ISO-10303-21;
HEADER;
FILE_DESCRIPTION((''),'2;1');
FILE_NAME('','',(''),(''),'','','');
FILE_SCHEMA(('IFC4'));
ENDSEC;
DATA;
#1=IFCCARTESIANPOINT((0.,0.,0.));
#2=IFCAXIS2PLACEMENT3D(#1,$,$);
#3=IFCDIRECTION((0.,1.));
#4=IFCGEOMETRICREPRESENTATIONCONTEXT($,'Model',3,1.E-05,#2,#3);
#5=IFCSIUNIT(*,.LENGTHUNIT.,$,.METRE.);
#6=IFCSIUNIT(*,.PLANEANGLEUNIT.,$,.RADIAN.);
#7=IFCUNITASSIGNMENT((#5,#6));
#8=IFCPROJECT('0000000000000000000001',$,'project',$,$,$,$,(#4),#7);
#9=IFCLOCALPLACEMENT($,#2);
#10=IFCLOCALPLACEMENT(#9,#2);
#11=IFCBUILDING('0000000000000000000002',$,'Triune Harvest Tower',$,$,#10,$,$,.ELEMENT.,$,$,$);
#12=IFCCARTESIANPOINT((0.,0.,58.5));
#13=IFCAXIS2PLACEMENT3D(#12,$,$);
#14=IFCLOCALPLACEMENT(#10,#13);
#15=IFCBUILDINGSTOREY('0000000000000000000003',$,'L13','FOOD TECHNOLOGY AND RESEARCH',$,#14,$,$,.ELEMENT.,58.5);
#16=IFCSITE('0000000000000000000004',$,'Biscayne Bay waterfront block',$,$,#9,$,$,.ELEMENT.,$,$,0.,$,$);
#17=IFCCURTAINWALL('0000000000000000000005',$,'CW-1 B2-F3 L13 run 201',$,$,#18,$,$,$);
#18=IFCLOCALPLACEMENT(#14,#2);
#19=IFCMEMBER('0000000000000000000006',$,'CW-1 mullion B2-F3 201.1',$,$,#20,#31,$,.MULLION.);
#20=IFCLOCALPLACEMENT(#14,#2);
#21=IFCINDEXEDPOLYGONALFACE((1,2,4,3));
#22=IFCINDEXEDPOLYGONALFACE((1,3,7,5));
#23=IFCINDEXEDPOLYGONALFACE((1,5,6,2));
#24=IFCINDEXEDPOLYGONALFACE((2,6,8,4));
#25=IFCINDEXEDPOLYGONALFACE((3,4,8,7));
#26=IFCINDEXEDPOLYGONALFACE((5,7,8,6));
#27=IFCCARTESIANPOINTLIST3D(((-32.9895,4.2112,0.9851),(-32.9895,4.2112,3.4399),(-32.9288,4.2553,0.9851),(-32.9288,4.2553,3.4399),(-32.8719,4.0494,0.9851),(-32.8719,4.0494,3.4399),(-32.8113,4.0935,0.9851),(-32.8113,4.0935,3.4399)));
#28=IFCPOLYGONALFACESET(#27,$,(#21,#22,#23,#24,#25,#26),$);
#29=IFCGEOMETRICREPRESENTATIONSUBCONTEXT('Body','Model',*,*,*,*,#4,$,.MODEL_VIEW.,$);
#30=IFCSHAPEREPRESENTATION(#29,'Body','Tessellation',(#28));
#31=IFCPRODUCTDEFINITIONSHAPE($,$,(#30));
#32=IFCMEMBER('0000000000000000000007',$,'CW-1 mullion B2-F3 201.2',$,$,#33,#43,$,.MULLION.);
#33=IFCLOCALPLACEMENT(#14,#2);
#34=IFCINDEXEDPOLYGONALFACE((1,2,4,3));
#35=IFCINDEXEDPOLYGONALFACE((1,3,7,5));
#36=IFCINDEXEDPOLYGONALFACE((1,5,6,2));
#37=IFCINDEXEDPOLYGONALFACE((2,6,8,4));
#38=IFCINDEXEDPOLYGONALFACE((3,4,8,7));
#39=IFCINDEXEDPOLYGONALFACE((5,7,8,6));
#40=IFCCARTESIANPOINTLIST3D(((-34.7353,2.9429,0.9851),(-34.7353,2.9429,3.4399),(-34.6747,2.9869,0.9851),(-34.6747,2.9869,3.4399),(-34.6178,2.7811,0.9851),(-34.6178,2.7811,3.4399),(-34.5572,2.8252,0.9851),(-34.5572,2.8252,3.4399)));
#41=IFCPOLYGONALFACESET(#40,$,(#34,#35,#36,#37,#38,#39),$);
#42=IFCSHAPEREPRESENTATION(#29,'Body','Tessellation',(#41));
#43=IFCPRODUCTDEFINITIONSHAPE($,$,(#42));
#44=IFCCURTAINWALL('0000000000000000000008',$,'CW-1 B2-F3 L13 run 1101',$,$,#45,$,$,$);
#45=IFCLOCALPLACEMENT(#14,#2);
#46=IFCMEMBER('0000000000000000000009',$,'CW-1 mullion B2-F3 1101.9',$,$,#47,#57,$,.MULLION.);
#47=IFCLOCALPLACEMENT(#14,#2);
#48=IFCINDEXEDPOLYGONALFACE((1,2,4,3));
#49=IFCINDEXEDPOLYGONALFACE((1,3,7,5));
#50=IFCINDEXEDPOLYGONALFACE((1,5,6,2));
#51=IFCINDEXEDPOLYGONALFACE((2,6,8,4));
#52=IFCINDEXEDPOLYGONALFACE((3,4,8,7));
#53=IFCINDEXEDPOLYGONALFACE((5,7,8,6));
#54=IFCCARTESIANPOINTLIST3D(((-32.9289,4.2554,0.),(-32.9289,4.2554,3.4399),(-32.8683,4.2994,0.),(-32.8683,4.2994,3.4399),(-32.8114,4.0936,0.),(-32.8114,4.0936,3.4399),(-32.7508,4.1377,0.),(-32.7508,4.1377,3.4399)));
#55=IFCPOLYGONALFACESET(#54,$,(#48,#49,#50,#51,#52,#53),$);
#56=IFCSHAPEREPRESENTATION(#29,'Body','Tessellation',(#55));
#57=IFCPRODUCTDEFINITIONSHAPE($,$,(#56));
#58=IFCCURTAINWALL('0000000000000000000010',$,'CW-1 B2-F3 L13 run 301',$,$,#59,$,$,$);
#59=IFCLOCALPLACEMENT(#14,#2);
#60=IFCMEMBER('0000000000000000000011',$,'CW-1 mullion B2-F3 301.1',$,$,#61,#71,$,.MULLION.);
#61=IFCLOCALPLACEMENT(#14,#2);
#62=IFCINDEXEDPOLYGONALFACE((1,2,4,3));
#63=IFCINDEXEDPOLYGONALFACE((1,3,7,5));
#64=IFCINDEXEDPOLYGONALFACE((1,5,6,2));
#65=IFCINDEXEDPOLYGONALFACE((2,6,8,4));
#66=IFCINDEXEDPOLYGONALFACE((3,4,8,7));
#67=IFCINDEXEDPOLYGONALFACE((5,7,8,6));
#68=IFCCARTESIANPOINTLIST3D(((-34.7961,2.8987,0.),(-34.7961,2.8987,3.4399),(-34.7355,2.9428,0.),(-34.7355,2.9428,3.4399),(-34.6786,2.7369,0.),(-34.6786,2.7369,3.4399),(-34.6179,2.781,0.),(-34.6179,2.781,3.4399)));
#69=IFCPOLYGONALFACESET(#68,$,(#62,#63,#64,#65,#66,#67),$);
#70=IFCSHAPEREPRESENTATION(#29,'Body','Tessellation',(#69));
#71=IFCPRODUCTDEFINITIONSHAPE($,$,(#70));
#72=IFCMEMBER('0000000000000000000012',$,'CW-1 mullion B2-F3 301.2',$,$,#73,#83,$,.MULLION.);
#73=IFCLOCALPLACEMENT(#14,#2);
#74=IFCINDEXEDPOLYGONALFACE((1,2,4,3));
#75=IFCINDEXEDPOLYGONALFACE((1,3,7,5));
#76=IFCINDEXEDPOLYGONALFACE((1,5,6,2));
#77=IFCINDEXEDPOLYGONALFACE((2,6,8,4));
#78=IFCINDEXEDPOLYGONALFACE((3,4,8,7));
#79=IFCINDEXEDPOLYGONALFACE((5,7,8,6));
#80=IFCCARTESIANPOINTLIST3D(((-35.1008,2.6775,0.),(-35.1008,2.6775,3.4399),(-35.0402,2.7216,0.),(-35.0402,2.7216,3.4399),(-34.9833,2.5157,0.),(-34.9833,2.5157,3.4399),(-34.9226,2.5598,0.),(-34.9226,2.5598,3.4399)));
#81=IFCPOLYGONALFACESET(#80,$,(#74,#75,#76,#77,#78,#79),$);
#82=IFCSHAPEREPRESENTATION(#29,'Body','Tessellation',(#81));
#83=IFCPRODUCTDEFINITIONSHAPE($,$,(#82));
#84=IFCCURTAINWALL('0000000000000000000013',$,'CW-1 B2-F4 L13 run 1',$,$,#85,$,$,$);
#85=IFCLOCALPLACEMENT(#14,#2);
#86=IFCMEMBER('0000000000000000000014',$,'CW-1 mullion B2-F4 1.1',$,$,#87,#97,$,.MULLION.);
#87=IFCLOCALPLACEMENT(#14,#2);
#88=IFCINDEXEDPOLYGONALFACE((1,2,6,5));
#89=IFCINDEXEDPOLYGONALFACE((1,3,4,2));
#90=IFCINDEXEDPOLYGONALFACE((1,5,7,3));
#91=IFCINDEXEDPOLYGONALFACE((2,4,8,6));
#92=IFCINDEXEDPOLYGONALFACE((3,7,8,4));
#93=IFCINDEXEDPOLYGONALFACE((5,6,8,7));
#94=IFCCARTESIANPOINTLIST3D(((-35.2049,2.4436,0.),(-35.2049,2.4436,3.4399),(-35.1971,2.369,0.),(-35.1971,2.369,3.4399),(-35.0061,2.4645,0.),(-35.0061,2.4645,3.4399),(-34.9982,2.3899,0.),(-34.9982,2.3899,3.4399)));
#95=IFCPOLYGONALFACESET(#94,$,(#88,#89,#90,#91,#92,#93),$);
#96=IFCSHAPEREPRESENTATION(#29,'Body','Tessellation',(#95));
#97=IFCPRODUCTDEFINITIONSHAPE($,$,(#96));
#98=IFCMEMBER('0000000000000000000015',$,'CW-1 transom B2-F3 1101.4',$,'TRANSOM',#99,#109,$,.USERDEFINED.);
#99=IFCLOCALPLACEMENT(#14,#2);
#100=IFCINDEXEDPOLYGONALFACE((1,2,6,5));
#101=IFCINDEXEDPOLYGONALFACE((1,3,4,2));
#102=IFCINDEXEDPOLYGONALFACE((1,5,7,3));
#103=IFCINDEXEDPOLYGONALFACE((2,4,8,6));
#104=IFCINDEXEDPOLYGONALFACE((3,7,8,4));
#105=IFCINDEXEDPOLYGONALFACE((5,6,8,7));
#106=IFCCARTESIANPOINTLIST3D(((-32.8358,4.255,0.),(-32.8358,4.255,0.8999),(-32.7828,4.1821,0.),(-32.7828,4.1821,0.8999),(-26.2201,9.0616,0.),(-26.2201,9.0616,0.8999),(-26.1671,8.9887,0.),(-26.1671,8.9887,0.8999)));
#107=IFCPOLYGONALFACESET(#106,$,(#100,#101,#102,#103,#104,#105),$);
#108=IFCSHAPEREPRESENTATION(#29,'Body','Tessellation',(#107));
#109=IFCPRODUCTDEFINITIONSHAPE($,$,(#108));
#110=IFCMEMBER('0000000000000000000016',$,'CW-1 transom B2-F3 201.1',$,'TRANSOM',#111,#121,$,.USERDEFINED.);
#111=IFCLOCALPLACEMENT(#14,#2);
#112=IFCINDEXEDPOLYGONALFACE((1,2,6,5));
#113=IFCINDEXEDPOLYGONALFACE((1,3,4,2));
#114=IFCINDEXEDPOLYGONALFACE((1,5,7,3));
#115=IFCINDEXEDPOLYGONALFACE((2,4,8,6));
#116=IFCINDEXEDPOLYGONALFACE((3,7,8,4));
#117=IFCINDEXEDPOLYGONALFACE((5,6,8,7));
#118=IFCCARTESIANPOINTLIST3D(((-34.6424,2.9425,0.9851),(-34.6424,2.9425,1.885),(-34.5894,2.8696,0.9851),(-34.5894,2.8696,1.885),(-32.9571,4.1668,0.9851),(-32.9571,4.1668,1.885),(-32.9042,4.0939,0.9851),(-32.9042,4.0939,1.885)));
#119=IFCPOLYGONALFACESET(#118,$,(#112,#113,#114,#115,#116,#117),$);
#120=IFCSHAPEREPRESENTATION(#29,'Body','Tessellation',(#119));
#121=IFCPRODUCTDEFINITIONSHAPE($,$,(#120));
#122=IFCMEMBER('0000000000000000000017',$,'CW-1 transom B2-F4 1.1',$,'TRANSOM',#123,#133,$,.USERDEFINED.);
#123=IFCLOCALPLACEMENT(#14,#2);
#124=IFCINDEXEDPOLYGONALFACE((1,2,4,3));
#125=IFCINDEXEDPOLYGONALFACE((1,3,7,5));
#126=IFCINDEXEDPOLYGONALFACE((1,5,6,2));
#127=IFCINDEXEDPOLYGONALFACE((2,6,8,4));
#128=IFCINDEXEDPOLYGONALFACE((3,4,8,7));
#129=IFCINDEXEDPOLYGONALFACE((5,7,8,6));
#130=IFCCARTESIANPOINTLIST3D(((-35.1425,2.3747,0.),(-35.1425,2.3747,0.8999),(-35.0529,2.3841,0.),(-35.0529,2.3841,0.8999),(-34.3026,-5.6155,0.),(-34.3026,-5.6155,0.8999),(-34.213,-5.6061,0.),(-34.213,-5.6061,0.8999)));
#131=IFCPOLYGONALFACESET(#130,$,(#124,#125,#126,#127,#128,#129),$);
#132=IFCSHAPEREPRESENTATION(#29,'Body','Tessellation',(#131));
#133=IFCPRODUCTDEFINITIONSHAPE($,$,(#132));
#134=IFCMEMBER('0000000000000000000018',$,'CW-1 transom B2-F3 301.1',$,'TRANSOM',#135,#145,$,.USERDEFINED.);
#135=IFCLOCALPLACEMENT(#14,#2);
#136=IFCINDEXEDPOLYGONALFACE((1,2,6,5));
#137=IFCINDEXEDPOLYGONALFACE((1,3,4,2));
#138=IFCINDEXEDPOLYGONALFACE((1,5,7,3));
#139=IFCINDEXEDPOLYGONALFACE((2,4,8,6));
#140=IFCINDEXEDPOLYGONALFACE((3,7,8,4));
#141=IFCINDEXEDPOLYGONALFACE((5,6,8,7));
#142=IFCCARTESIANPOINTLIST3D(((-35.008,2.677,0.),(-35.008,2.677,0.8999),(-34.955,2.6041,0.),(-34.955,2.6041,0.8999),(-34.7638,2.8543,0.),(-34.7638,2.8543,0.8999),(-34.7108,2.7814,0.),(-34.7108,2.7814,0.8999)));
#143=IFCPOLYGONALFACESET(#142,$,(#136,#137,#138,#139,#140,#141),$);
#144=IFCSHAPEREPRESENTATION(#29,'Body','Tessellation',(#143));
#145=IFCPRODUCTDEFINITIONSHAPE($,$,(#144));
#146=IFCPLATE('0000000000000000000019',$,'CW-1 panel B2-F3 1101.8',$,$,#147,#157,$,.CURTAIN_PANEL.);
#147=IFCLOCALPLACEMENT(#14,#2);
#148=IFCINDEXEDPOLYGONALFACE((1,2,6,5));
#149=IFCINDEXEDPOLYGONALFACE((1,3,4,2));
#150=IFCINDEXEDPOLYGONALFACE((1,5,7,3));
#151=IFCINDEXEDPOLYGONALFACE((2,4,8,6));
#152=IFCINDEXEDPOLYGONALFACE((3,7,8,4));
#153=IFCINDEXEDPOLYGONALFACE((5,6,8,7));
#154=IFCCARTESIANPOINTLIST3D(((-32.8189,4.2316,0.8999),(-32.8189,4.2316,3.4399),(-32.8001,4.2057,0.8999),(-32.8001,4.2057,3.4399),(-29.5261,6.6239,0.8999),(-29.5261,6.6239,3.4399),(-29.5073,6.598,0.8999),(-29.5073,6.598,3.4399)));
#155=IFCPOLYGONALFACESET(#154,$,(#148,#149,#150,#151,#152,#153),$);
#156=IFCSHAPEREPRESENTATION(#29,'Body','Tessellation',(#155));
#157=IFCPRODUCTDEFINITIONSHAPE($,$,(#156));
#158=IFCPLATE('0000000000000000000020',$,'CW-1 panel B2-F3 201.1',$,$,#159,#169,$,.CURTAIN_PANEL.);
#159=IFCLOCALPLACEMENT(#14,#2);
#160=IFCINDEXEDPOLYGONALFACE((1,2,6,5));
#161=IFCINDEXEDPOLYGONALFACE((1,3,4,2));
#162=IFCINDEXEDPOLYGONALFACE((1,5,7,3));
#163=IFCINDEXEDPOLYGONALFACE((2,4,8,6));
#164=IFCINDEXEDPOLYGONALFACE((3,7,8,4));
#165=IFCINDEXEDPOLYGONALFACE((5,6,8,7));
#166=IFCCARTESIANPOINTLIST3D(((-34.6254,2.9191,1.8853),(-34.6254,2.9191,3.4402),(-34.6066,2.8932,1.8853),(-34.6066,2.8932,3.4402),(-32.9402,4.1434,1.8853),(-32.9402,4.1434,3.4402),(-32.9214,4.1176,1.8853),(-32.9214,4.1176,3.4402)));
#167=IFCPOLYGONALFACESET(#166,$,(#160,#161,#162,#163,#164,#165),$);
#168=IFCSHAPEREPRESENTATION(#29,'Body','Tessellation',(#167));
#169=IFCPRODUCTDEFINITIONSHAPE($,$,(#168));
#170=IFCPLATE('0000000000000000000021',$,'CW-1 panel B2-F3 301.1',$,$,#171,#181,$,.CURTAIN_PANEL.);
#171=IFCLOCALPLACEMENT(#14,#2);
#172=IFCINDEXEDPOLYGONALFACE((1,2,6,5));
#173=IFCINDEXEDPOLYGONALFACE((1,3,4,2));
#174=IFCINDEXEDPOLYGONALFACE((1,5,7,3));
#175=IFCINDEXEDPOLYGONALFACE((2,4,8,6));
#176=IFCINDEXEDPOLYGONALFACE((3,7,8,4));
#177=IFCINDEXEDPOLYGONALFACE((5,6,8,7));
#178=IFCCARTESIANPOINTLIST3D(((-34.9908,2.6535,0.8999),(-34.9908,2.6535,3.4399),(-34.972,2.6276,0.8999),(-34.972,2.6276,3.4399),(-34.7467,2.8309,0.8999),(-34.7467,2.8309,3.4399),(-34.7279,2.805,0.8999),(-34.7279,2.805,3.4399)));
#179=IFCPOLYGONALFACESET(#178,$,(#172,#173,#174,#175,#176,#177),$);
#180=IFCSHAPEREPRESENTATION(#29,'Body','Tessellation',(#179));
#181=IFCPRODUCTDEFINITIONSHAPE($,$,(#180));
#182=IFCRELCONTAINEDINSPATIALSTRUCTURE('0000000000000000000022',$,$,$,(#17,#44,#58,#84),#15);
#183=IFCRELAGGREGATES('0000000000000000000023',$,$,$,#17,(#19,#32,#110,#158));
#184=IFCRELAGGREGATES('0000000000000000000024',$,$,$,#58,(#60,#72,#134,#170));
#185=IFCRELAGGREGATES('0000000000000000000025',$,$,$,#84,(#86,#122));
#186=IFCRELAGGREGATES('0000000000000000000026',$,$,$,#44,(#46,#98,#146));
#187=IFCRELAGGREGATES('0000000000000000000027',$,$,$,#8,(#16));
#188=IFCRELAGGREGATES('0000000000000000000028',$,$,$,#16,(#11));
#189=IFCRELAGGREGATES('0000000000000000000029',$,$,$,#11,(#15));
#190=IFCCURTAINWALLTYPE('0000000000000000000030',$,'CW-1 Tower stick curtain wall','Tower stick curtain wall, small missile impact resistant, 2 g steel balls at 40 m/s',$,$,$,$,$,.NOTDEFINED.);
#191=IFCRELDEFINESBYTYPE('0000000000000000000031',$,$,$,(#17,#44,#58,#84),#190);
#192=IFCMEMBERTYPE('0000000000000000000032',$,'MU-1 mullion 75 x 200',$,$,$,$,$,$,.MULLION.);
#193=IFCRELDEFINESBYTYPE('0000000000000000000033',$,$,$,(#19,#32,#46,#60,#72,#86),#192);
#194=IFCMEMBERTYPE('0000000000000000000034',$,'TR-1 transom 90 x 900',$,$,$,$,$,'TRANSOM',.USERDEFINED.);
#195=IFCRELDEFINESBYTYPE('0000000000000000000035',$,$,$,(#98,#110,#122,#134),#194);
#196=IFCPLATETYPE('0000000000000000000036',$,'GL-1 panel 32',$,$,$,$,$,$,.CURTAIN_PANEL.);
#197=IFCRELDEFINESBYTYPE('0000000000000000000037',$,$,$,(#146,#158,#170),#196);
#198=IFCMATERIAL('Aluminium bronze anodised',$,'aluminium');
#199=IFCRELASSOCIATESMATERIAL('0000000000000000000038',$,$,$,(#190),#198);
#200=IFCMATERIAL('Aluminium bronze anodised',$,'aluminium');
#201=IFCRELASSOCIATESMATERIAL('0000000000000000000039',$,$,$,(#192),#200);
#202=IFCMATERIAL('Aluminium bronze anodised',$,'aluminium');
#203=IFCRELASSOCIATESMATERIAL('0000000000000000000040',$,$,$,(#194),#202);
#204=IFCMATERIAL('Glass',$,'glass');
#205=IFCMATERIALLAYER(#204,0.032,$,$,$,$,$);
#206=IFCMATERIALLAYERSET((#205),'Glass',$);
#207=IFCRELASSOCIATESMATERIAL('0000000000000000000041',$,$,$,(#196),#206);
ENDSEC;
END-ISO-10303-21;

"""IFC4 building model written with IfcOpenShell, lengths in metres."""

from ifc_helpers import new_model, si_unit, direction, frame, origin, origin_2d, place, context, subcontext, project, spatial, rectangle, extrude, source, transform, mapped, material, layer, layer_set, material_profile, profile_set, type_object, element, aggregate, save


model = new_model("IFC4")

# Units and contexts
model_context = context("Model", 3, precision=1e-05, world=origin(), true_north=direction((0.0, 1.0)))
body_context = subcontext(model_context, "Body", "Model", "MODEL_VIEW")
ifc_project = project(units=[si_unit("LENGTHUNIT", "METRE"), si_unit("PLANEANGLEUNIT", "RADIAN")], contexts=[model_context])

# Site, building, storey
site_placement = place(None, origin())
site = spatial("IfcSite", under=ifc_project, at=site_placement, Name="Biscayne Bay waterfront block", CompositionType="ELEMENT", RefElevation=0.0)
building_placement = place(site_placement, origin())
building = spatial("IfcBuilding", under=site, at=building_placement, Name="Triune Harvest Tower", CompositionType="ELEMENT")
storey_placement = place(building_placement, frame((0.0, 0.0, 58.5)))
storey = spatial("IfcBuildingStorey", under=building, at=storey_placement, Name="L13", Description="FOOD TECHNOLOGY AND RESEARCH", CompositionType="ELEMENT", Elevation=58.5)

# Curtain wall, members
ifc_material_1 = material(Name="Aluminium bronze anodised", Category="aluminium")
curtain_wall_type = type_object("IfcCurtainWallType", Name="CW-1 Tower stick curtain wall", Description="Tower stick curtain wall, small missile impact resistant, 2 g steel balls at 40 m/s", PredefinedType="NOTDEFINED", material=ifc_material_1)
curtain_wall_1_placement = place(storey_placement, origin())
curtain_wall_1 = element("IfcCurtainWall", 1, at=curtain_wall_1_placement, inside=storey, type_object=curtain_wall_type, Name="CW-1 B2-F3 L13 run 201")
ifc_material_2 = material(Name="Aluminium bronze anodised", Category="aluminium")
ifc_material_profile_1 = material_profile(ifc_material_2, rectangle(XDim=0.2, YDim=0.075, at=origin_2d()), Name="MU-1 mullion 75 x 200")
ifc_profile_set_1 = profile_set([ifc_material_profile_1], Name="Aluminium bronze anodised")
member_type_1 = type_object("IfcMemberType", Name="MU-1 mullion 75 x 200", PredefinedType="MULLION", material=ifc_profile_set_1)
shared_shape_1 = source(origin(), body_context, "Body", "SweptSolid", [
    extrude(rectangle(XDim=0.2, YDim=0.075, at=origin_2d()), origin(), (0.0, 0.0, 1.0), 2.4548),
])
member_1_placement = place(storey_placement, frame((-32.9004, 4.1523, 0.9851), z_axis=(0.0, 0.0, 1.0), x_axis=(0.587786, -0.809017, 0.0)))
member_1 = element("IfcMember", 2, at=member_1_placement, type_object=member_type_1, Name="CW-1 mullion B2-F3 201.1", PredefinedType="MULLION", context=body_context, shape_type="MappedRepresentation", body=[
    mapped(shared_shape_1, transform((0.0, 0.0, 0.0), scale=1.0)),
])
member_2_placement = place(storey_placement, frame((-34.6462, 2.884, 0.9851), z_axis=(0.0, 0.0, 1.0), x_axis=(0.587786, -0.809017, 0.0)))
member_2 = element("IfcMember", 3, at=member_2_placement, type_object=member_type_1, Name="CW-1 mullion B2-F3 201.2", PredefinedType="MULLION", context=body_context, shape_type="MappedRepresentation", body=[
    mapped(shared_shape_1, transform((0.0, 0.0, 0.0), scale=1.0)),
])

# Curtain wall, member
curtain_wall_2_placement = place(storey_placement, origin())
curtain_wall_2 = element("IfcCurtainWall", 4, at=curtain_wall_2_placement, inside=storey, type_object=curtain_wall_type, Name="CW-1 B2-F3 L13 run 1101")
shared_shape_2 = source(origin(), body_context, "Body", "SweptSolid", [
    extrude(rectangle(XDim=0.2, YDim=0.075, at=origin_2d()), origin(), (0.0, 0.0, 1.0), 3.4399),
])
member_3_placement = place(storey_placement, frame((-32.8398, 4.1965, 0.0), z_axis=(0.0, 0.0, 1.0), x_axis=(0.587785, -0.809017, 0.0)))
member_3 = element("IfcMember", 5, at=member_3_placement, type_object=member_type_1, Name="CW-1 mullion B2-F3 1101.9", PredefinedType="MULLION", context=body_context, shape_type="MappedRepresentation", body=[
    mapped(shared_shape_2, transform((0.0, 0.0, 0.0), scale=1.0)),
])

# Curtain wall, members
curtain_wall_3_placement = place(storey_placement, origin())
curtain_wall_3 = element("IfcCurtainWall", 6, at=curtain_wall_3_placement, inside=storey, type_object=curtain_wall_type, Name="CW-1 B2-F3 L13 run 301")
member_4_placement = place(storey_placement, frame((-34.707, 2.8398, 0.0), z_axis=(0.0, 0.0, 1.0), x_axis=(0.587816, -0.808995, 0.0)))
member_4 = element("IfcMember", 7, at=member_4_placement, type_object=member_type_1, Name="CW-1 mullion B2-F3 301.1", PredefinedType="MULLION", context=body_context, shape_type="MappedRepresentation", body=[
    mapped(shared_shape_2, transform((0.0, 0.0, 0.0), scale=1.0)),
])
member_5_placement = place(storey_placement, frame((-35.0117, 2.6187, 0.0), z_axis=(0.0, 0.0, 1.0), x_axis=(0.587816, -0.808995, 0.0)))
member_5 = element("IfcMember", 8, at=member_5_placement, type_object=member_type_1, Name="CW-1 mullion B2-F3 301.2", PredefinedType="MULLION", context=body_context, shape_type="MappedRepresentation", body=[
    mapped(shared_shape_2, transform((0.0, 0.0, 0.0), scale=1.0)),
])

# Curtain wall, member
curtain_wall_4_placement = place(storey_placement, origin())
curtain_wall_4 = element("IfcCurtainWall", 9, at=curtain_wall_4_placement, inside=storey, type_object=curtain_wall_type, Name="CW-1 B2-F4 L13 run 1")
member_6_placement = place(storey_placement, frame((-35.1016, 2.4167, 0.0), z_axis=(0.0, 0.0, 1.0), x_axis=(0.994522, 0.104529, 0.0)))
member_6 = element("IfcMember", 10, at=member_6_placement, type_object=member_type_1, Name="CW-1 mullion B2-F4 1.1", PredefinedType="MULLION", context=body_context, shape_type="MappedRepresentation", body=[
    mapped(shared_shape_2, transform((0.0, 0.0, 0.0), scale=1.0)),
])

# Members
ifc_material_3 = material(Name="Aluminium bronze anodised", Category="aluminium")
ifc_material_profile_2 = material_profile(ifc_material_3, rectangle(XDim=0.0901, YDim=0.8999, at=origin_2d()), Name="TR-1 transom 90 x 900")
ifc_profile_set_2 = profile_set([ifc_material_profile_2], Name="Aluminium bronze anodised")
member_type_2 = type_object("IfcMemberType", Name="TR-1 transom 90 x 900", ElementType="TRANSOM", PredefinedType="USERDEFINED", material=ifc_profile_set_2)
shared_shape_3 = source(origin(), body_context, "Body", "SweptSolid", [
    extrude(rectangle(XDim=0.0901, YDim=0.8999, at=origin_2d()), origin(), (0.0, 0.0, 1.0), 8.1775),
])
member_7_placement = place(storey_placement, frame((-26.1936, 9.0251, 0.45), z_axis=(-0.809015, -0.587788, 0.0), x_axis=(0.587788, -0.809015, 0.0)))
member_7 = element("IfcMember", 11, at=member_7_placement, type_object=member_type_2, Name="CW-1 transom B2-F3 1101.4", ObjectType="TRANSOM", PredefinedType="USERDEFINED", context=body_context, shape_type="MappedRepresentation", body=[
    mapped(shared_shape_3, transform((0.0, 0.0, 0.0), scale=1.0)),
])
shared_shape_4 = source(origin(), body_context, "Body", "SweptSolid", [
    extrude(rectangle(XDim=0.0901, YDim=0.8999, at=origin_2d()), origin(), (0.0, 0.0, 1.0), 2.083),
])
member_8_placement = place(storey_placement, frame((-32.9307, 4.1304, 1.4351), z_axis=(-0.809035, -0.58776, 0.0), x_axis=(0.58776, -0.809035, 0.0)))
member_8 = element("IfcMember", 12, at=member_8_placement, type_object=member_type_2, Name="CW-1 transom B2-F3 201.1", ObjectType="TRANSOM", PredefinedType="USERDEFINED", context=body_context, shape_type="MappedRepresentation", body=[
    mapped(shared_shape_4, transform((0.0, 0.0, 0.0), scale=1.0)),
])
shared_shape_5 = source(origin(), body_context, "Body", "SweptSolid", [
    extrude(rectangle(XDim=0.0901, YDim=0.8999, at=origin_2d()), origin(), (0.0, 0.0, 1.0), 8.0342),
])
member_9_placement = place(storey_placement, frame((-35.0977, 2.3794, 0.45), z_axis=(0.104533, -0.994521, 0.0), x_axis=(0.994521, 0.104533, 0.0)))
member_9 = element("IfcMember", 13, at=member_9_placement, type_object=member_type_2, Name="CW-1 transom B2-F4 1.1", ObjectType="TRANSOM", PredefinedType="USERDEFINED", context=body_context, shape_type="MappedRepresentation", body=[
    mapped(shared_shape_5, transform((0.0, 0.0, 0.0), scale=1.0)),
])
shared_shape_6 = source(origin(), body_context, "Body", "SweptSolid", [
    extrude(rectangle(XDim=0.0901, YDim=0.8999, at=origin_2d()), origin(), (0.0, 0.0, 1.0), 0.3018),
])
member_10_placement = place(storey_placement, frame((-34.7373, 2.8179, 0.45), z_axis=(-0.809226, -0.587498, 0.0), x_axis=(0.587498, -0.809226, 0.0)))
member_10 = element("IfcMember", 14, at=member_10_placement, type_object=member_type_2, Name="CW-1 transom B2-F3 301.1", ObjectType="TRANSOM", PredefinedType="USERDEFINED", context=body_context, shape_type="MappedRepresentation", body=[
    mapped(shared_shape_6, transform((0.0, 0.0, 0.0), scale=1.0)),
])

# Plates
ifc_material_4 = material(Name="Glass", Category="glass")
ifc_layer = layer(ifc_material_4, 0.032)
ifc_layer_set = layer_set([ifc_layer], Name="Glass")
plate_type = type_object("IfcPlateType", Name="GL-1 panel 32", PredefinedType="CURTAIN_PANEL", material=ifc_layer_set)
shared_shape_7 = source(origin(), body_context, "Body", "SweptSolid", [
    extrude(rectangle(XDim=4.0701, YDim=0.032, at=origin_2d()), origin(), (0.0, 0.0, 1.0), 2.54),
])
plate_1_placement = place(storey_placement, frame((-31.1631, 5.4148, 0.8999), z_axis=(0.0, 0.0, 1.0), x_axis=(-0.809017, -0.587785, 0.0)))
plate_1 = element("IfcPlate", 15, at=plate_1_placement, type_object=plate_type, Name="CW-1 panel B2-F3 1101.8", PredefinedType="CURTAIN_PANEL", context=body_context, shape_type="MappedRepresentation", body=[
    mapped(shared_shape_7, transform((0.0, 0.0, 0.0), scale=1.0)),
])
shared_shape_8 = source(origin(), body_context, "Body", "SweptSolid", [
    extrude(rectangle(XDim=2.083, YDim=0.032, at=origin_2d()), origin(), (0.0, 0.0, 1.0), 1.5549),
])
plate_2_placement = place(storey_placement, frame((-33.7734, 3.5183, 1.8853), z_axis=(0.0, 0.0, 1.0), x_axis=(-0.809017, -0.587786, 0.0)))
plate_2 = element("IfcPlate", 16, at=plate_2_placement, type_object=plate_type, Name="CW-1 panel B2-F3 201.1", PredefinedType="CURTAIN_PANEL", context=body_context, shape_type="MappedRepresentation", body=[
    mapped(shared_shape_8, transform((0.0, 0.0, 0.0), scale=1.0)),
])
aggregate(curtain_wall_1, [member_1, member_2, member_8, plate_2])
shared_shape_9 = source(origin(), body_context, "Body", "SweptSolid", [
    extrude(rectangle(XDim=0.3018, YDim=0.032, at=origin_2d()), origin(), (0.0, 0.0, 1.0), 2.54),
])
plate_3_placement = place(storey_placement, frame((-34.8594, 2.7292, 0.8999), z_axis=(0.0, 0.0, 1.0), x_axis=(-0.808995, -0.587816, 0.0)))
plate_3 = element("IfcPlate", 17, at=plate_3_placement, type_object=plate_type, Name="CW-1 panel B2-F3 301.1", PredefinedType="CURTAIN_PANEL", context=body_context, shape_type="MappedRepresentation", body=[
    mapped(shared_shape_9, transform((0.0, 0.0, 0.0), scale=1.0)),
])
aggregate(curtain_wall_3, [member_4, member_5, member_10, plate_3])
aggregate(curtain_wall_4, [member_6, member_9])
aggregate(curtain_wall_2, [member_3, member_7, plate_1])

save(model, "model.ifc")
